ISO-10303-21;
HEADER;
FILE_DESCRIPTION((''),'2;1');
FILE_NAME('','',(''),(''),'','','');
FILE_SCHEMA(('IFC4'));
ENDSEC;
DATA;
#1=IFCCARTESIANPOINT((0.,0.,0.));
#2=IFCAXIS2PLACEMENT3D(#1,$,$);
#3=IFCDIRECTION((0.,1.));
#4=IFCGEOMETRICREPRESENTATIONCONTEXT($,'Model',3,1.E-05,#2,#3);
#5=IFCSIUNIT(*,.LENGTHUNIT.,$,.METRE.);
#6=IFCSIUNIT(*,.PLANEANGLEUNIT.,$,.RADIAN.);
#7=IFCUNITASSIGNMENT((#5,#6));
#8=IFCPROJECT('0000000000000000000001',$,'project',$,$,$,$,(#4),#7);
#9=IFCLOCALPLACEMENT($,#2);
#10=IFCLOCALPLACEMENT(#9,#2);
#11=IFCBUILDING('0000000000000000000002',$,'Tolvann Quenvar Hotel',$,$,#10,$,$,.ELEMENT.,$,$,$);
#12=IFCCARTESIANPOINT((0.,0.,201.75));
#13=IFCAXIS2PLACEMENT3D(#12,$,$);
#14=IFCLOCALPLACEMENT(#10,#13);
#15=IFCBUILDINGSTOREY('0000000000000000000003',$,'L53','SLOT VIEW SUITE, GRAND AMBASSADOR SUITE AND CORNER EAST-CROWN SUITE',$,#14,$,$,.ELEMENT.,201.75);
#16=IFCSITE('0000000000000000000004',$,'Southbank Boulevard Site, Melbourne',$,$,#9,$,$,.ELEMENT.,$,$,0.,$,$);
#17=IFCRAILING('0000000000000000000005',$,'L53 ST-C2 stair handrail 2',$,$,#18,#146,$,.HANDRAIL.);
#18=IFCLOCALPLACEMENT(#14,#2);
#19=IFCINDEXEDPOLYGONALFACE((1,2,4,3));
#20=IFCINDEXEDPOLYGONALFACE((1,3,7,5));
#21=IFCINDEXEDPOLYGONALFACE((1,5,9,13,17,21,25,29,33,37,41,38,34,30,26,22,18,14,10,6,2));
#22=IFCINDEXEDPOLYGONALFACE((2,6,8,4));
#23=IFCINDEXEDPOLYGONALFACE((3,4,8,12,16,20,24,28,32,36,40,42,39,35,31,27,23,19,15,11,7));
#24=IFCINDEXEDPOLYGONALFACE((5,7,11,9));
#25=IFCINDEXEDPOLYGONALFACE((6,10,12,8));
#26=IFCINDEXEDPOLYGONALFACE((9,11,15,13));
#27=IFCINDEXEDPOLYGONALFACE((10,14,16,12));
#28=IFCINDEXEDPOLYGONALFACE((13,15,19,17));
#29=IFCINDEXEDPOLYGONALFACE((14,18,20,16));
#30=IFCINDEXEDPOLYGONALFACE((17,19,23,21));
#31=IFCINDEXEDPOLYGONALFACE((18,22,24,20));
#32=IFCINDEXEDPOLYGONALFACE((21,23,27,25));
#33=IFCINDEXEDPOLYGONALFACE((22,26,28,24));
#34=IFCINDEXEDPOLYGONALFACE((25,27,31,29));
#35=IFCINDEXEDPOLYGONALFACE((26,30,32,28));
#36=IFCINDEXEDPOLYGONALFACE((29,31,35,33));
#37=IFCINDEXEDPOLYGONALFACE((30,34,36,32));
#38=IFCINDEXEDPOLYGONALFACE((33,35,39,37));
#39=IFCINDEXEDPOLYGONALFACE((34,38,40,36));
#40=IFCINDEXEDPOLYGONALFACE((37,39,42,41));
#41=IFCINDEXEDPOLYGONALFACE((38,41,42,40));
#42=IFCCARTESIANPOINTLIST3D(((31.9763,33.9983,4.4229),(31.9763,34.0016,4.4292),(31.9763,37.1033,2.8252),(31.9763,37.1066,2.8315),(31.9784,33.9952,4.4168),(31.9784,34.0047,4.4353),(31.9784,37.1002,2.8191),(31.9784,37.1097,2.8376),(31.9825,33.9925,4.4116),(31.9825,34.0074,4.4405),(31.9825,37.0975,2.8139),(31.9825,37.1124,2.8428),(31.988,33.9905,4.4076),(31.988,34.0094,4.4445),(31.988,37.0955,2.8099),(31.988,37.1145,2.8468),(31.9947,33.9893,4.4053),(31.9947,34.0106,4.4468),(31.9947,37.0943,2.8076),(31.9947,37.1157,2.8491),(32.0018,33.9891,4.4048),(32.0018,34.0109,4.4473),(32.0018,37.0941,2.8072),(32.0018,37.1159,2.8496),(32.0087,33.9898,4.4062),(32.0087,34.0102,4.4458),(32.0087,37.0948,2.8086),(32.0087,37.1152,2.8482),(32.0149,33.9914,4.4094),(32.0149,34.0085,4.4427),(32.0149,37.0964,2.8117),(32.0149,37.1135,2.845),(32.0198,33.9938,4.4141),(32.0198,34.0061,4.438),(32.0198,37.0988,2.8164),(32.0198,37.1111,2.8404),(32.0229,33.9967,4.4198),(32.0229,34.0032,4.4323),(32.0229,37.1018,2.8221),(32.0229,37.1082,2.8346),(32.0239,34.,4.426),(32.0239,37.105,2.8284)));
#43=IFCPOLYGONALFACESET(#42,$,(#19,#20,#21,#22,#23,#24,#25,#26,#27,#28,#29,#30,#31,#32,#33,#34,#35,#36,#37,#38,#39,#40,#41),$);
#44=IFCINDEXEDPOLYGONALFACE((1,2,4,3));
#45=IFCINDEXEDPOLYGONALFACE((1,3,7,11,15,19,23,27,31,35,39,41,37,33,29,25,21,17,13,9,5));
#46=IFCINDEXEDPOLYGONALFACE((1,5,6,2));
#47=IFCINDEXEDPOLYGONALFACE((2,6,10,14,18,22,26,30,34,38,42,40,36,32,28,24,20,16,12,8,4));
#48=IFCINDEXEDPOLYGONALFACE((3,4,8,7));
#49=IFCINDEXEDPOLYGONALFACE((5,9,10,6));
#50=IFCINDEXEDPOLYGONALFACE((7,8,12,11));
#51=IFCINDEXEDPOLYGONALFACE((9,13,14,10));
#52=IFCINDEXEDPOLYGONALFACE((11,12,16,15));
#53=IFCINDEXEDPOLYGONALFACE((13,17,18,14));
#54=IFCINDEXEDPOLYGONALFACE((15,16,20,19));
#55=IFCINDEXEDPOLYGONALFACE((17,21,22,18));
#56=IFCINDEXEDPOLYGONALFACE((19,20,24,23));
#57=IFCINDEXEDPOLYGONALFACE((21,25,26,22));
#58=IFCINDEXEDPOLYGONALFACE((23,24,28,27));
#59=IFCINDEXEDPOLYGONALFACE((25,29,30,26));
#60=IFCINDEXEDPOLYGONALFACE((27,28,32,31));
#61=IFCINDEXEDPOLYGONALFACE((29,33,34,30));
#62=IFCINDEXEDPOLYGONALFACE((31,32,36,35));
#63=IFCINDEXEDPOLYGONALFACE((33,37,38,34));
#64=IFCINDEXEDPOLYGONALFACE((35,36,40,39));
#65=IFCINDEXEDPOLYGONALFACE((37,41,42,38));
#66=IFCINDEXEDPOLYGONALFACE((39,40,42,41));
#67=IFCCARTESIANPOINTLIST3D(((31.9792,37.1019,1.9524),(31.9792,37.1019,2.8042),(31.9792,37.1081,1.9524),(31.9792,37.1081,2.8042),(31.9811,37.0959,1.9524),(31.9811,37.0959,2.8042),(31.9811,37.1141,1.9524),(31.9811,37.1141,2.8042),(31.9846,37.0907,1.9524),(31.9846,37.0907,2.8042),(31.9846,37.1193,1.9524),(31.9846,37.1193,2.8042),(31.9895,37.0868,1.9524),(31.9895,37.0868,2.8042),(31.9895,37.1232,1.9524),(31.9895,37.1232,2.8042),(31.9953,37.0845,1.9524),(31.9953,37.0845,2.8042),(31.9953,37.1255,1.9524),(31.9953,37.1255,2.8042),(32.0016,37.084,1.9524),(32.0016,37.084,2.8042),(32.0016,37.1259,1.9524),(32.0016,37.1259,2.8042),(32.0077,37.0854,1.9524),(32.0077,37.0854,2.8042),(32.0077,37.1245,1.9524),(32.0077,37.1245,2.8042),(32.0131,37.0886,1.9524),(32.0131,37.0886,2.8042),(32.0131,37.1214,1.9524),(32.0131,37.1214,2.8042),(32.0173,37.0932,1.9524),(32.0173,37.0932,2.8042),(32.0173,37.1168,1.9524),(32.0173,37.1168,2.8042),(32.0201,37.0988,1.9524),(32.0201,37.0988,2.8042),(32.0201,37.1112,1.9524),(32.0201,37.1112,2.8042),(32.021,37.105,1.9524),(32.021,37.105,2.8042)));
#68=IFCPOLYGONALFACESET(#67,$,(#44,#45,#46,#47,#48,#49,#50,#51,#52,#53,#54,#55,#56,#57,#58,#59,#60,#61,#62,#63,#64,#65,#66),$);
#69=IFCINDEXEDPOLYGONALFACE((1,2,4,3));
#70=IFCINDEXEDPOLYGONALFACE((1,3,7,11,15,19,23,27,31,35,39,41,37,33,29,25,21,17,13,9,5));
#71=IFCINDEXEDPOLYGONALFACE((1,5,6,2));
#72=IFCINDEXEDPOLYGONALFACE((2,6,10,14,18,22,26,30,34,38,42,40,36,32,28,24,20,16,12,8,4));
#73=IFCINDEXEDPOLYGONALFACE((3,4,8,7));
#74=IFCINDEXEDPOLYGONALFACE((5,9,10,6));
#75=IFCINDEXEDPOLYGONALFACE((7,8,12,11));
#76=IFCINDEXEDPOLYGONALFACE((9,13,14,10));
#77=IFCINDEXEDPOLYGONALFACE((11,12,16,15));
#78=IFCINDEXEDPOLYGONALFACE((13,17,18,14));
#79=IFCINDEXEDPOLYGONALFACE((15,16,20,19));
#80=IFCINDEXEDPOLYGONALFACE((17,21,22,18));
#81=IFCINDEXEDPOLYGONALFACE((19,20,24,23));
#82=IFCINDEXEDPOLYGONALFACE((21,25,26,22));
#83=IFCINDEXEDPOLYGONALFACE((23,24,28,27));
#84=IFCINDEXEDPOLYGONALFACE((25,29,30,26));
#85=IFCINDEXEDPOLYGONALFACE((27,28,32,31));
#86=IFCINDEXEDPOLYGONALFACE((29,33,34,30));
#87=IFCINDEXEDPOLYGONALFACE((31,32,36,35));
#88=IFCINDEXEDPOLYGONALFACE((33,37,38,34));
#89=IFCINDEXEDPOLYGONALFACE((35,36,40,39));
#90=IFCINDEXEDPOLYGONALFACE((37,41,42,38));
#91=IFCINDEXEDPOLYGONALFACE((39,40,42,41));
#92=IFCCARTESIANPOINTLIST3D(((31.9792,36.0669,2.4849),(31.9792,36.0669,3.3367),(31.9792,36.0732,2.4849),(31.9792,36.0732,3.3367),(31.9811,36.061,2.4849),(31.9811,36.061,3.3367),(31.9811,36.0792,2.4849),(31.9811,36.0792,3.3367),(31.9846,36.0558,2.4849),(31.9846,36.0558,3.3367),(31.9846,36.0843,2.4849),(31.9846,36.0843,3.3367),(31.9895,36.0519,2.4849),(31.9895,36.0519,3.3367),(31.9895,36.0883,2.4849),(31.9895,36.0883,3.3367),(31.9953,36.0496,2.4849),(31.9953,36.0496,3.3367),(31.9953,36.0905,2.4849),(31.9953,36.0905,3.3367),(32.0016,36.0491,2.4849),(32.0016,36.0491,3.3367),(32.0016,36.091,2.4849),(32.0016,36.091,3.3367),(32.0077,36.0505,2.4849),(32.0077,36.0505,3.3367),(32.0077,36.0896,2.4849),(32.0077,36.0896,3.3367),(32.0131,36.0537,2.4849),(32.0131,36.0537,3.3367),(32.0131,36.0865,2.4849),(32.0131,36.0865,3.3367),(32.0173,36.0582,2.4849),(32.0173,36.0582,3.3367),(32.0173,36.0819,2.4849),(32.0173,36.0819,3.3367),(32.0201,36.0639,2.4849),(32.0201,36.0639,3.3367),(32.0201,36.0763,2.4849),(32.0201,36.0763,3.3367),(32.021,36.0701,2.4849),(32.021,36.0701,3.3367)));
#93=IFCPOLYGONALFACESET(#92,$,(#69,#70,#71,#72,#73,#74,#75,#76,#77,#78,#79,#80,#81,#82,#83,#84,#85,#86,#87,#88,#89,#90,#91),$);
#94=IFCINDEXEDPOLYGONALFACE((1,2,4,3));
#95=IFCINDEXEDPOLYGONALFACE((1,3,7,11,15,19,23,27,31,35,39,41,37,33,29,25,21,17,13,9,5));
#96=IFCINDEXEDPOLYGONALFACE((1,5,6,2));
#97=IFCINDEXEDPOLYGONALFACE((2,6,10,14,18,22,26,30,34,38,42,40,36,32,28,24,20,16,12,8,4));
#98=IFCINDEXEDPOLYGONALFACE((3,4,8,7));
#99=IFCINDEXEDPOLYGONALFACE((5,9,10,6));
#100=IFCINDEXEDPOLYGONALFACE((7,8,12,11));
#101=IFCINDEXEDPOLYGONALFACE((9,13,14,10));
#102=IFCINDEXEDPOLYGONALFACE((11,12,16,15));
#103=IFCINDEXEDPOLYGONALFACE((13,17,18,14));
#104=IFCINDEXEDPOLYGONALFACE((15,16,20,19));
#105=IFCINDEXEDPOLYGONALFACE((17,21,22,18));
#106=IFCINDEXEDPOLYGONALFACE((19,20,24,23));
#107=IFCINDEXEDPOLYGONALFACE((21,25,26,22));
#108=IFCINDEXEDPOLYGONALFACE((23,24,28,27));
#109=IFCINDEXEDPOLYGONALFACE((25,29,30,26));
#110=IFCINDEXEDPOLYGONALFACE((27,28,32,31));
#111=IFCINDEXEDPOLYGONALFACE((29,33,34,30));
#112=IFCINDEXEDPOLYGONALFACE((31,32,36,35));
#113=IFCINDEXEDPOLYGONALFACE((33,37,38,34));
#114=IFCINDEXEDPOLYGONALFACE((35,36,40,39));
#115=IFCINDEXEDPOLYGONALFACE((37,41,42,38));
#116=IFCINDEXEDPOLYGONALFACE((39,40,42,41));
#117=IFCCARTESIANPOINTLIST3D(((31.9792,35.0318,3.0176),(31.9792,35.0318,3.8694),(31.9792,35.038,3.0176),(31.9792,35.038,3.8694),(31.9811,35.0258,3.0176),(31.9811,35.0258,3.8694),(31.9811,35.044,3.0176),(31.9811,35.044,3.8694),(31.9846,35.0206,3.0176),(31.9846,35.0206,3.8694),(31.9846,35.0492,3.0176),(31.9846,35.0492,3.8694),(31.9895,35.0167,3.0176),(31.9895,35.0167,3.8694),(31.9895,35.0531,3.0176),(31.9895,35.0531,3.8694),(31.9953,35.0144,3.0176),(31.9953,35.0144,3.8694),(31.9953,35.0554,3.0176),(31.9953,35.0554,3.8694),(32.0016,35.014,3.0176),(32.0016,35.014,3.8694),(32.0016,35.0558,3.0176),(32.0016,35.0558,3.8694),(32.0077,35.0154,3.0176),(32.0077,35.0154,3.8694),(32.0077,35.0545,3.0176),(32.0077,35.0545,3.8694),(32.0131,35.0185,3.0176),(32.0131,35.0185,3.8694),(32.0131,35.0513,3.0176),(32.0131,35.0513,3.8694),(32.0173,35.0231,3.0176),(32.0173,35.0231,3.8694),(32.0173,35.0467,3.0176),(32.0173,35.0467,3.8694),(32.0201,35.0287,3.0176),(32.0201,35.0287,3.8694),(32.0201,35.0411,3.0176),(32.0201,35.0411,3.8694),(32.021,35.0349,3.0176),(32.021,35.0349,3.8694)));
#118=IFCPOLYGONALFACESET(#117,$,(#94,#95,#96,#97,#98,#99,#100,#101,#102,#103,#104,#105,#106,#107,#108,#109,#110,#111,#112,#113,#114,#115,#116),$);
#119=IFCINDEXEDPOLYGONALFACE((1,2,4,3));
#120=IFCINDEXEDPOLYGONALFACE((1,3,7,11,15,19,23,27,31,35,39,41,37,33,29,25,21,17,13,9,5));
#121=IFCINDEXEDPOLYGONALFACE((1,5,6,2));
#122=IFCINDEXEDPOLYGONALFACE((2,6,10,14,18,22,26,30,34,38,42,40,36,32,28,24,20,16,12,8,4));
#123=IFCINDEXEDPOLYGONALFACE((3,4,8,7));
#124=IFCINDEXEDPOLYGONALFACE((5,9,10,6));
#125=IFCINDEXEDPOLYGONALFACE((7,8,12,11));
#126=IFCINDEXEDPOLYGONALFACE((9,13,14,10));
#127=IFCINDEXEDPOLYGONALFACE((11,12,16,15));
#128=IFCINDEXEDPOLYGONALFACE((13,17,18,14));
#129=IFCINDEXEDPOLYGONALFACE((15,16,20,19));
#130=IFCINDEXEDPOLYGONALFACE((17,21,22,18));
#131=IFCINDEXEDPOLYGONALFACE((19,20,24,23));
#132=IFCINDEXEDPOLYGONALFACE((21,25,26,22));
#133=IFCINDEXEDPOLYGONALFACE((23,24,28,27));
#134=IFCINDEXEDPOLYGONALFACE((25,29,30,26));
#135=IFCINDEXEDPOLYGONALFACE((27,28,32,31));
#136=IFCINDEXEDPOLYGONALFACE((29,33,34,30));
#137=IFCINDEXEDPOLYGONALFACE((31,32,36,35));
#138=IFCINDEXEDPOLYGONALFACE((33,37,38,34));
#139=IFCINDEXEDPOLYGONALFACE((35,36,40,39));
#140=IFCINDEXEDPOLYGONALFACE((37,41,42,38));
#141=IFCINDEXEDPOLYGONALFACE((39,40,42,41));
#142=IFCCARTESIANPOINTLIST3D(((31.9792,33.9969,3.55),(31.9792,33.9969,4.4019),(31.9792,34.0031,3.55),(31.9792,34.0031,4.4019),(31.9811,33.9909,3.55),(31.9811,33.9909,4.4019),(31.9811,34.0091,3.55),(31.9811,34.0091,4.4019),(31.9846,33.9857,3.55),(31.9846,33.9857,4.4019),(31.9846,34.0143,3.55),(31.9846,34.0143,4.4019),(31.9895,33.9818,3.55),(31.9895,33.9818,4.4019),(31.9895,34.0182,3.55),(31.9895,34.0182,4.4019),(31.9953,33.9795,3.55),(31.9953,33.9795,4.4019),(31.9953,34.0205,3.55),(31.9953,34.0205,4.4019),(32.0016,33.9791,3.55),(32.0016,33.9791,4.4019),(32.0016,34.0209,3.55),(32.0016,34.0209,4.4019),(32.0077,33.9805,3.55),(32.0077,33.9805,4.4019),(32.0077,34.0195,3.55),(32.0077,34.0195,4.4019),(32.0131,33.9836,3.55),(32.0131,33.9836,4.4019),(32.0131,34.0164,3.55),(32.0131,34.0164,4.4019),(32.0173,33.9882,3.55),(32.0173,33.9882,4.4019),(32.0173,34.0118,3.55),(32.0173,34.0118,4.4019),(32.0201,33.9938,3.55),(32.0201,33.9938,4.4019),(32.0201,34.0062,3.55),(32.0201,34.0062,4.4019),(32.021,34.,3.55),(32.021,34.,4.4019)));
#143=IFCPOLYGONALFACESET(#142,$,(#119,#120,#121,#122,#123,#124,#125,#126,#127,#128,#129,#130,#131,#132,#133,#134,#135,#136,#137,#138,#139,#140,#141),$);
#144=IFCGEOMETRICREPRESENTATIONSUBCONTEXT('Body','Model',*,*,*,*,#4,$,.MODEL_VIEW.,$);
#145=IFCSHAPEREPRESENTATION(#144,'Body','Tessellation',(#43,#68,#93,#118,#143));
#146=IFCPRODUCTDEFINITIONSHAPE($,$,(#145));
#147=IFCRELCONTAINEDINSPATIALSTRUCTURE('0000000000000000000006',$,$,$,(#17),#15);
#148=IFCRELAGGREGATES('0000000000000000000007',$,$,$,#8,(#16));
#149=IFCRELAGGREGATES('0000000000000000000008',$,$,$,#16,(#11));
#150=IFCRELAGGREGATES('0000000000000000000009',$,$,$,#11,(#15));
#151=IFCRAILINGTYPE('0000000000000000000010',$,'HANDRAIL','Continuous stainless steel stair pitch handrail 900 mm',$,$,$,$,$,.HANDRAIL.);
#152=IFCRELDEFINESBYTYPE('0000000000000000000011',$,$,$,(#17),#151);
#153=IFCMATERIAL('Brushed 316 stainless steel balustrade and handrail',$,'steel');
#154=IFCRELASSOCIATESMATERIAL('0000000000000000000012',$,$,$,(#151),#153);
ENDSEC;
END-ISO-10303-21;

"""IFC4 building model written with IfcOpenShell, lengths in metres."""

from ifc_helpers import new_model, si_unit, direction, frame, origin, origin_2d, place, context, subcontext, project, spatial, circle, extrude, material, type_object, element, save


model = new_model("IFC4")

# Units and contexts
model_context = context("Model", 3, precision=1e-05, world=origin(), true_north=direction((0.0, 1.0)))
body_context = subcontext(model_context, "Body", "Model", "MODEL_VIEW")
ifc_project = project(units=[si_unit("LENGTHUNIT", "METRE"), si_unit("PLANEANGLEUNIT", "RADIAN")], contexts=[model_context])

# Site, building, storey
site_placement = place(None, origin())
site = spatial("IfcSite", under=ifc_project, at=site_placement, Name="Southbank Boulevard Site, Melbourne", CompositionType="ELEMENT", RefElevation=0.0)
building_placement = place(site_placement, origin())
building = spatial("IfcBuilding", under=site, at=building_placement, Name="Tolvann Quenvar Hotel", CompositionType="ELEMENT")
storey_placement = place(building_placement, frame((0.0, 0.0, 201.75)))
storey = spatial("IfcBuildingStorey", under=building, at=storey_placement, Name="L53", Description="SLOT VIEW SUITE, GRAND AMBASSADOR SUITE AND CORNER EAST-CROWN SUITE", CompositionType="ELEMENT", Elevation=201.75)

# Railing
ifc_material_1 = material(Name="Brushed 316 stainless steel balustrade and handrail", Category="steel")
railing_type_1 = type_object("IfcRailingType", Name="HANDRAIL", Description="Continuous stainless steel stair pitch handrail 900 mm", PredefinedType="HANDRAIL", material=ifc_material_1)
railing_1_placement = place(storey_placement, frame((32.0, 37.105, 1.9524)))
element("IfcRailing", 1, at=railing_1_placement, inside=storey, type_object=railing_type_1, Name="L53 ST-C2 stair handrail 2", PredefinedType="HANDRAIL", context=body_context, shape_type="SweptSolid", body=[
    extrude(circle(Radius=0.0239, at=origin_2d()), frame((0.0, 0.0, 0.876), z_axis=(0.0, -0.889194, 0.457531), x_axis=(1.0, 0.0, 0.0)), (0.0, 0.0, 1.0), 3.4919),
    extrude(circle(Radius=0.021, at=origin_2d()), origin(), (0.0, 0.0, 1.0), 0.8518),
    extrude(circle(Radius=0.021, at=origin_2d()), frame((0.0, -1.0349, 0.5325)), (0.0, 0.0, 1.0), 0.8518),
    extrude(circle(Radius=0.021, at=origin_2d()), frame((0.0, -2.0701, 1.0652)), (0.0, 0.0, 1.0), 0.8518),
    extrude(circle(Radius=0.021, at=origin_2d()), frame((0.0, -3.105, 1.5977)), (0.0, 0.0, 1.0), 0.8518),
])

save(model, "model.ifc")
